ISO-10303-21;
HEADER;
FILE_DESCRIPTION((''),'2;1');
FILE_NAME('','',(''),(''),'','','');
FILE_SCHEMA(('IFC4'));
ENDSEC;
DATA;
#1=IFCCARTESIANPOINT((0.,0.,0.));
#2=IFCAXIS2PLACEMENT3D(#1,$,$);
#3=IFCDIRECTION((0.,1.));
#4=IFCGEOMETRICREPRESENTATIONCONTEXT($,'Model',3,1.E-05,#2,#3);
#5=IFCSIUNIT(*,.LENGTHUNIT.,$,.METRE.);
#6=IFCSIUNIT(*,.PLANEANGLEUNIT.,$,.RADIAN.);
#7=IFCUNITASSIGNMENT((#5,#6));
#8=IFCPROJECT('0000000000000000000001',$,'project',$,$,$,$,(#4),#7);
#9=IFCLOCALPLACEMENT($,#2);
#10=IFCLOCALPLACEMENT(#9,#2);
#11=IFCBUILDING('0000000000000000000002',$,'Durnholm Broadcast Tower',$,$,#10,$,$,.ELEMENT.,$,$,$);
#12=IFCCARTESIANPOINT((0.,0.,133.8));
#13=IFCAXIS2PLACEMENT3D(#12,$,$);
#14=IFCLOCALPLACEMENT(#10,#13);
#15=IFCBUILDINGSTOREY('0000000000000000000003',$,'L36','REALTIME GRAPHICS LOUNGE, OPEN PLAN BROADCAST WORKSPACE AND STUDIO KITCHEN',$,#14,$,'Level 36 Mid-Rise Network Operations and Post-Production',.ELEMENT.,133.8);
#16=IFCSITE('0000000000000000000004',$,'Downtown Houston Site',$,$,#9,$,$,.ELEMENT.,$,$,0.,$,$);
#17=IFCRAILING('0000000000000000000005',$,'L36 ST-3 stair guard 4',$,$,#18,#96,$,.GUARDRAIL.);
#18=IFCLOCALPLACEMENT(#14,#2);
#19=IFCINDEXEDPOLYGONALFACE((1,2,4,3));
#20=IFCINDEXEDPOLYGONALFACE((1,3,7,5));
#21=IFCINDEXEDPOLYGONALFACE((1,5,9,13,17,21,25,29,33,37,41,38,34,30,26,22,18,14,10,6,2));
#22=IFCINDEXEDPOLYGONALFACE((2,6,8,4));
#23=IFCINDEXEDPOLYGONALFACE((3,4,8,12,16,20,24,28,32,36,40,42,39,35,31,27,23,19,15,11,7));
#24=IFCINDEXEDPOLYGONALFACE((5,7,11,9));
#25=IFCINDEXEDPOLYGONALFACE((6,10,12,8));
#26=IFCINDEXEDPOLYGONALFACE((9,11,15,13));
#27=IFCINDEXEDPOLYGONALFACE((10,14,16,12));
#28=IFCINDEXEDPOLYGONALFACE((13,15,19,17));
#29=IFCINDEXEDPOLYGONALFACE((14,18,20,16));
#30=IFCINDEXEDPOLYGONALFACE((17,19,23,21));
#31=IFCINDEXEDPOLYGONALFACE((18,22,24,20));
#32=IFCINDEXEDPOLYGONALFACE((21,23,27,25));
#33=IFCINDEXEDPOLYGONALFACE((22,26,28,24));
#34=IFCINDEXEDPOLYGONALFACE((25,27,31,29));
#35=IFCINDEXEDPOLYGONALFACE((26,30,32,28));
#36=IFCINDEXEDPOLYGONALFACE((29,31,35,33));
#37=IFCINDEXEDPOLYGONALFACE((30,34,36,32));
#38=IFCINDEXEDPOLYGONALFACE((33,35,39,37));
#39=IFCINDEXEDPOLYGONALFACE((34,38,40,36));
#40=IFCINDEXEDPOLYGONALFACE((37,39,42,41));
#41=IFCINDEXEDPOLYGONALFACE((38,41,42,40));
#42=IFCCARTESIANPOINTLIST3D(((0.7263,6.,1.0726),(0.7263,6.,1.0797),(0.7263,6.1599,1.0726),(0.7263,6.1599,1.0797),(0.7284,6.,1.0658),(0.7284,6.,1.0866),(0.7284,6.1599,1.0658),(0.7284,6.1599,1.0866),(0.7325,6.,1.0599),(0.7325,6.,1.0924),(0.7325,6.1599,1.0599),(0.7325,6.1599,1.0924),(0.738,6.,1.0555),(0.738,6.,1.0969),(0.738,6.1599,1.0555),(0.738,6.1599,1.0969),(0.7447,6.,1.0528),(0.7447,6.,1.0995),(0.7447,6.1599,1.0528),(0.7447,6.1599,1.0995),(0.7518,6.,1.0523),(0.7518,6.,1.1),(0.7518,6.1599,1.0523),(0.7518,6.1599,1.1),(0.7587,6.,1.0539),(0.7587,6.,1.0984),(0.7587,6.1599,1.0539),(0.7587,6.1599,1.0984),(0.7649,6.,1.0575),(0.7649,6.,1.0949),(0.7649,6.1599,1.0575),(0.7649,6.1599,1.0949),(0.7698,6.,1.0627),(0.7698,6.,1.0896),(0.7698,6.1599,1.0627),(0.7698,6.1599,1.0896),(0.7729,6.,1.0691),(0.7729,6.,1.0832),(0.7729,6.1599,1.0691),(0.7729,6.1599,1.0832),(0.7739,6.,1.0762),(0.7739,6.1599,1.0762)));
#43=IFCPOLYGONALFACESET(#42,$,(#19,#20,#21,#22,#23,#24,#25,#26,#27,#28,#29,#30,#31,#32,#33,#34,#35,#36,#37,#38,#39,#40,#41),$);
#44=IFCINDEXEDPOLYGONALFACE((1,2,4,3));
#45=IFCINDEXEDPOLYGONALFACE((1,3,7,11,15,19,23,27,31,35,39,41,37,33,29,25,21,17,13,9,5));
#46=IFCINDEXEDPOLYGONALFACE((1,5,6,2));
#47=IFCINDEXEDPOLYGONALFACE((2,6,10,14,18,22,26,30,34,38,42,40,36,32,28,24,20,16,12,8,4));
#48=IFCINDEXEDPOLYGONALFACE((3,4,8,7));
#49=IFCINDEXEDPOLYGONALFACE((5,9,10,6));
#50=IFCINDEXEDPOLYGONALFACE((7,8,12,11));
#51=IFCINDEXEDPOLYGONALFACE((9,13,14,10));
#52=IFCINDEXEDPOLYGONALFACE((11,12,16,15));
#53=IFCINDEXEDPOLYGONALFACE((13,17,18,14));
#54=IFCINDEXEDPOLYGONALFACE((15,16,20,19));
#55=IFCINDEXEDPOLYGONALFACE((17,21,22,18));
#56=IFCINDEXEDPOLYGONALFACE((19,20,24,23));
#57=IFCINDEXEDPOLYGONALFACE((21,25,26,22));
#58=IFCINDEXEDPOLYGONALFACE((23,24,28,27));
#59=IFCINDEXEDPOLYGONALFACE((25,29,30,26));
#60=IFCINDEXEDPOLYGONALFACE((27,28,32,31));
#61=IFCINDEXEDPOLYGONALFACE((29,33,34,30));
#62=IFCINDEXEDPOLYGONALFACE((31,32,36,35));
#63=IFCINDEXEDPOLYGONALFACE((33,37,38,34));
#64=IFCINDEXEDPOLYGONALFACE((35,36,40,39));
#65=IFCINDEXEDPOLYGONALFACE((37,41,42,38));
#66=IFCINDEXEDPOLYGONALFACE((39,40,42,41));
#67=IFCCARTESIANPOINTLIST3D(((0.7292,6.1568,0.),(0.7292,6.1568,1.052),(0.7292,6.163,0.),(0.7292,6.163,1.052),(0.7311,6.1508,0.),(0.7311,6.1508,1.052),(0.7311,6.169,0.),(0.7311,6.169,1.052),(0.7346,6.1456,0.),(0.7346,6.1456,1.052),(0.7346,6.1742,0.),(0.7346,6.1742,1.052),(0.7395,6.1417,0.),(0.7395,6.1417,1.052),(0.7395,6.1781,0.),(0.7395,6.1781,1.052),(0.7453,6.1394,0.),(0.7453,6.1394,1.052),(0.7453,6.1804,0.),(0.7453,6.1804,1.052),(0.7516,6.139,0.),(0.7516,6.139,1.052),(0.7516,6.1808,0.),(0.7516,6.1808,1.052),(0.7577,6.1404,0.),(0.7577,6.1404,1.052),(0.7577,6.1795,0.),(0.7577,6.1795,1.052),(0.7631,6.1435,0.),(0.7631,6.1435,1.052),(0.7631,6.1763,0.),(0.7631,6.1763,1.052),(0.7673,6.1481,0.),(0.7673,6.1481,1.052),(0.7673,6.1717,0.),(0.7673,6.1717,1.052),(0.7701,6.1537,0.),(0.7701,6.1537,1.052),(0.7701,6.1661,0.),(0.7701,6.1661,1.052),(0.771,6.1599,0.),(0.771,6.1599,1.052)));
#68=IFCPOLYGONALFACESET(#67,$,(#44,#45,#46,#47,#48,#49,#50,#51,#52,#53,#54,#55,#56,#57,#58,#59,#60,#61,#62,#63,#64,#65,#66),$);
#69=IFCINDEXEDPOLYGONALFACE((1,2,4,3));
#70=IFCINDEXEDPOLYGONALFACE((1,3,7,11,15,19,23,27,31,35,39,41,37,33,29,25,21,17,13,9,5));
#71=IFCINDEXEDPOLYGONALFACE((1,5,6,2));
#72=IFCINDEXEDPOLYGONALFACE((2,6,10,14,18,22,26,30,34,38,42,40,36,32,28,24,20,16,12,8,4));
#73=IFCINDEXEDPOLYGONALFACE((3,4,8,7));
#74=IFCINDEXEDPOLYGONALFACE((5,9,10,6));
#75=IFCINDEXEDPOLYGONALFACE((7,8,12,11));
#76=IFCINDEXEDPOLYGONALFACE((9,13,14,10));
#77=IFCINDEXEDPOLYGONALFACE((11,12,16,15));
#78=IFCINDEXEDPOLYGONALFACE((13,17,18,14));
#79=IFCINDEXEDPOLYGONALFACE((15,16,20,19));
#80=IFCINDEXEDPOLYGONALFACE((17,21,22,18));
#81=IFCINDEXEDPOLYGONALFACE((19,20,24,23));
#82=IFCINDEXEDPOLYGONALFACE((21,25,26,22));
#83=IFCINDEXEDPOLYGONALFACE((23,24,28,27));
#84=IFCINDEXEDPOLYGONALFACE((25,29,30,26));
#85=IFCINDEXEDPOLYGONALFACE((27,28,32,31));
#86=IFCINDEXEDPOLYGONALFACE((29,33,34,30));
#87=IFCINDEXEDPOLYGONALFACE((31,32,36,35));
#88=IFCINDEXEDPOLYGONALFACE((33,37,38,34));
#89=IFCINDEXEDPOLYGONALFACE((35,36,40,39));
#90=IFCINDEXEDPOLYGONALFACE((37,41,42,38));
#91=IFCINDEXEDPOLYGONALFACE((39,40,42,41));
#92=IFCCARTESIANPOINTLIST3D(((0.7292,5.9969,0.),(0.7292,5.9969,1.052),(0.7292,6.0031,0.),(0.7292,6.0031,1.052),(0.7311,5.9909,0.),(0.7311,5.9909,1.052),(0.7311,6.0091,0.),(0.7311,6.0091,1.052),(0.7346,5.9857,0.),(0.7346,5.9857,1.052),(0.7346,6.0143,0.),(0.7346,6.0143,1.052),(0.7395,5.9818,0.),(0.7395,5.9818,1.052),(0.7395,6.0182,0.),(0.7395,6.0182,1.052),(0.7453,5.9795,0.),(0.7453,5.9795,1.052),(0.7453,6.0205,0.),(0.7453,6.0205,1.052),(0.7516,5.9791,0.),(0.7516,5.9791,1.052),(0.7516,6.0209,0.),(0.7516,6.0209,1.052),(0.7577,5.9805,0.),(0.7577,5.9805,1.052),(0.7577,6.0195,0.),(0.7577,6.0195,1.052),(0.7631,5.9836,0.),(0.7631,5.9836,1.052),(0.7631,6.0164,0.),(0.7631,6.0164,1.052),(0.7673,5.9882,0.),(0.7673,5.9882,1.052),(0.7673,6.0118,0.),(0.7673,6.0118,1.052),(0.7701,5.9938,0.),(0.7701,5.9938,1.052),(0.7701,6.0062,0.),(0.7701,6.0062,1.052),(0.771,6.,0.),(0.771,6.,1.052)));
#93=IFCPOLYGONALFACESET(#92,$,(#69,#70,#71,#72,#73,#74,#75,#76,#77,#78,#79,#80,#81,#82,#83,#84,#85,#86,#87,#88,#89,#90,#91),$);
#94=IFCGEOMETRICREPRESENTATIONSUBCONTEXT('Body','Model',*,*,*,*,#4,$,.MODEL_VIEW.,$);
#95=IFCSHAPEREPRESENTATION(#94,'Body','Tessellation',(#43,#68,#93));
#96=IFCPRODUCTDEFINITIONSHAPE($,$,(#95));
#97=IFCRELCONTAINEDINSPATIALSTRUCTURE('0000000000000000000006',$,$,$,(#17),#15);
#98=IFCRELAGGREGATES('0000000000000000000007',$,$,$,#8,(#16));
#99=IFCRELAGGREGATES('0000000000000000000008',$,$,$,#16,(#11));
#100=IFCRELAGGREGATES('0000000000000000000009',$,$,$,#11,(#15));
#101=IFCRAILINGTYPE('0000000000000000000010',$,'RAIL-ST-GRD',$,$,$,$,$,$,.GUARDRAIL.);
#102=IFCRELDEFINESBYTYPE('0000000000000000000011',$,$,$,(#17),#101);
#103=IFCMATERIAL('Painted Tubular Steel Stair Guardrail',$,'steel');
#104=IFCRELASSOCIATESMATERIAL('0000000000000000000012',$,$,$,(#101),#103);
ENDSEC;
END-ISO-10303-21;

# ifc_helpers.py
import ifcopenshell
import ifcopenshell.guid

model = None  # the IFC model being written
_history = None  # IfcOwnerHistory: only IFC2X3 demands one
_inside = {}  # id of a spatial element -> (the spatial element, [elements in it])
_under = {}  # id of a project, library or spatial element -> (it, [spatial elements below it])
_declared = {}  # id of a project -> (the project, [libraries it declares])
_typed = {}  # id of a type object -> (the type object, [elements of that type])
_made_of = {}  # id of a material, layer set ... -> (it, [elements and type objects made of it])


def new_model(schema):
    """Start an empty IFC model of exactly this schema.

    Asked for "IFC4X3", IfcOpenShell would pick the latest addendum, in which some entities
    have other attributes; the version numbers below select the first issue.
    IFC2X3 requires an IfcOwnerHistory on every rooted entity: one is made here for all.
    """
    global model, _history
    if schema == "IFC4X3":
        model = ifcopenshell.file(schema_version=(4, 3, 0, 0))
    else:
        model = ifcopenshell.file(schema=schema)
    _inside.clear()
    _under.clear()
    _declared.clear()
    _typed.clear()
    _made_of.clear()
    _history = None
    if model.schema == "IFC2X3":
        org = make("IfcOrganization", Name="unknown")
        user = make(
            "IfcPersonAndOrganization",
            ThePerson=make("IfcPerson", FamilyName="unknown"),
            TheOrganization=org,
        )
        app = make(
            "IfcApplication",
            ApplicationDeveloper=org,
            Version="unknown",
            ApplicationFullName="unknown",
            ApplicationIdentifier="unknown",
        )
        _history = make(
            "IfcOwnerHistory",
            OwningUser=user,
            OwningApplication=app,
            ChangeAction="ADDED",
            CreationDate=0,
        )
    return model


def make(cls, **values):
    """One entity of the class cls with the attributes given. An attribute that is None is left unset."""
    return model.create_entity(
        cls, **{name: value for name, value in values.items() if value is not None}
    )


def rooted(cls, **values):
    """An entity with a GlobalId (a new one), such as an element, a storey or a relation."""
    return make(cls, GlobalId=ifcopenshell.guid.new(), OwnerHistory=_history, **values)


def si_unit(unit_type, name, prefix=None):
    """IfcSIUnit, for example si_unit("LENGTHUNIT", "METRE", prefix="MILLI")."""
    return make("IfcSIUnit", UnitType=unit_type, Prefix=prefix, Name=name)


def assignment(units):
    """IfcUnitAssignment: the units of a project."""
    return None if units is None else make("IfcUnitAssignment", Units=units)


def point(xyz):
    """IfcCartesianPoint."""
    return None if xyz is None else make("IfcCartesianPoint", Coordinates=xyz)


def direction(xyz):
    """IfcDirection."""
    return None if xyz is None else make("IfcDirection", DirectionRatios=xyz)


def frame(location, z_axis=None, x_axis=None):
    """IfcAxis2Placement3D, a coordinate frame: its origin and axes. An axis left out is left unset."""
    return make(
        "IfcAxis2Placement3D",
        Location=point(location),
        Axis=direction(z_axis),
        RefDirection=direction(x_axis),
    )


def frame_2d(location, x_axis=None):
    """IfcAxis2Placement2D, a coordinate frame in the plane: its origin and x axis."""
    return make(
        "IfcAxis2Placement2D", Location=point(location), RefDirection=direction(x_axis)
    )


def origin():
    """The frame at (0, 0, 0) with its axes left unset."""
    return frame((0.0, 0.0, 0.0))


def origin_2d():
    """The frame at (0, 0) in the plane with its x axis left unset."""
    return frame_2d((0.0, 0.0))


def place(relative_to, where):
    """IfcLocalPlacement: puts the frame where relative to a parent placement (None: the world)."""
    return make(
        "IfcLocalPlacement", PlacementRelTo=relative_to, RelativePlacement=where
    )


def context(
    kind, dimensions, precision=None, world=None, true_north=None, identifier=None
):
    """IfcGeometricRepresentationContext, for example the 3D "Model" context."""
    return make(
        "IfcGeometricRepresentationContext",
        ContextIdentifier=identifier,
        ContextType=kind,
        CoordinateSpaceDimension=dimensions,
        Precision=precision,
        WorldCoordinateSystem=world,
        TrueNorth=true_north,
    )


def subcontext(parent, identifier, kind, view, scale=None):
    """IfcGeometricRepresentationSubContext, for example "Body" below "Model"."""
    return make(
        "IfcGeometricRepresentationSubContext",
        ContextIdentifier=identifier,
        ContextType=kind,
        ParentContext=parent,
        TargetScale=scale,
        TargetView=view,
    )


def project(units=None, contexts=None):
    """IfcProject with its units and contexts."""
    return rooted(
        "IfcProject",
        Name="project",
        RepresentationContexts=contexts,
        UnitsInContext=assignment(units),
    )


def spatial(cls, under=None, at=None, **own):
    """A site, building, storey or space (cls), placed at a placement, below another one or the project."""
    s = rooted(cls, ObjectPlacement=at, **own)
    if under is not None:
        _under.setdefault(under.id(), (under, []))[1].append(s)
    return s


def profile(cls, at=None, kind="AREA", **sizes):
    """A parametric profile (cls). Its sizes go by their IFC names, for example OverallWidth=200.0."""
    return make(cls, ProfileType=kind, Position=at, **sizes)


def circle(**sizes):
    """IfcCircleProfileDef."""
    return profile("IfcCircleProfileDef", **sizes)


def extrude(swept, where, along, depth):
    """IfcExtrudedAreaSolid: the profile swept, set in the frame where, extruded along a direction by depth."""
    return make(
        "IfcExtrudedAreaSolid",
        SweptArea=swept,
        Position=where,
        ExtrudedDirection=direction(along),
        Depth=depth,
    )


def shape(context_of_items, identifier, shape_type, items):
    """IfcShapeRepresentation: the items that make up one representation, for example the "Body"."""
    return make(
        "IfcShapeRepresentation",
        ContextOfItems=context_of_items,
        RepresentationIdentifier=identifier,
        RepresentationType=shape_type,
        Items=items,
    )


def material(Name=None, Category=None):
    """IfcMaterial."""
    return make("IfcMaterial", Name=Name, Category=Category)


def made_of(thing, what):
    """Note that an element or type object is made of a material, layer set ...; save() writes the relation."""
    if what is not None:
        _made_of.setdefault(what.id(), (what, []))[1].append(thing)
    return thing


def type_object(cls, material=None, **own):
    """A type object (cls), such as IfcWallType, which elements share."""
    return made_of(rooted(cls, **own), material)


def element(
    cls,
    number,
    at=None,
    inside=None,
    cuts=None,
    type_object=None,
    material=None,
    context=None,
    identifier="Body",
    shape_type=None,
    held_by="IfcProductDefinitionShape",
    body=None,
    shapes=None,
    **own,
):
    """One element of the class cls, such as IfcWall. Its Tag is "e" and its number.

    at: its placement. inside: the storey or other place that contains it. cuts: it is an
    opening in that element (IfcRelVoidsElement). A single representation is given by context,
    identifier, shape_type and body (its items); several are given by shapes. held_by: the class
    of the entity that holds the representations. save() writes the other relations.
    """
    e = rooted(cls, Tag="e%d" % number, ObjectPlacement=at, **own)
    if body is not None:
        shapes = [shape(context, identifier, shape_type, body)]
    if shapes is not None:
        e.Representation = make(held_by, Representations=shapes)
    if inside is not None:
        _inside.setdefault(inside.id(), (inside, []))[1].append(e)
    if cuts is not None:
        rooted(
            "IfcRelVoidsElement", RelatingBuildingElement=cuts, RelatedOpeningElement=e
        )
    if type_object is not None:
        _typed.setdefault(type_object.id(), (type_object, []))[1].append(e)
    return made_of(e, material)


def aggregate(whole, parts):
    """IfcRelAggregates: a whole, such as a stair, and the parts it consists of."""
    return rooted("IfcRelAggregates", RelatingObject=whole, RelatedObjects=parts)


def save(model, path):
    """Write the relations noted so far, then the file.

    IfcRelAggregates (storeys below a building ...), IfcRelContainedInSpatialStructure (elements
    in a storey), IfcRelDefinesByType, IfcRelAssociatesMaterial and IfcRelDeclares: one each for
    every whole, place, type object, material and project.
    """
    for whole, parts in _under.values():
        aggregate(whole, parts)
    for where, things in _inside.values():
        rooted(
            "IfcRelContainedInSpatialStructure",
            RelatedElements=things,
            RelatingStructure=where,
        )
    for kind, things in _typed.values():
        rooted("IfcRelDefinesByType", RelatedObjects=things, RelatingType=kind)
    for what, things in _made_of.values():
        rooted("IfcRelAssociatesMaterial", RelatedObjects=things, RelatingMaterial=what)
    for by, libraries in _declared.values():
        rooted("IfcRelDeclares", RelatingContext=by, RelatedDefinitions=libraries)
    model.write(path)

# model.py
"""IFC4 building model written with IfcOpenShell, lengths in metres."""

from ifc_helpers import new_model, si_unit, direction, frame, origin, origin_2d, place, context, subcontext, project, spatial, circle, extrude, material, type_object, element, save


model = new_model("IFC4")

# Units and contexts
model_context = context("Model", 3, precision=1e-05, world=origin(), true_north=direction((0.0, 1.0)))
body_context = subcontext(model_context, "Body", "Model", "MODEL_VIEW")
ifc_project = project(units=[si_unit("LENGTHUNIT", "METRE"), si_unit("PLANEANGLEUNIT", "RADIAN")], contexts=[model_context])

# Site, building, storey
site_placement = place(None, origin())
site = spatial("IfcSite", under=ifc_project, at=site_placement, Name="Downtown Houston Site", CompositionType="ELEMENT", RefElevation=0.0)
building_placement = place(site_placement, origin())
building = spatial("IfcBuilding", under=site, at=building_placement, Name="Durnholm Broadcast Tower", CompositionType="ELEMENT")
storey_placement = place(building_placement, frame((0.0, 0.0, 133.8)))
storey = spatial("IfcBuildingStorey", under=building, at=storey_placement, Name="L36", Description="REALTIME GRAPHICS LOUNGE, OPEN PLAN BROADCAST WORKSPACE AND STUDIO KITCHEN", LongName="Level 36 Mid-Rise Network Operations and Post-Production", CompositionType="ELEMENT", Elevation=133.8)

# Railing
ifc_material_1 = material(Name="Painted Tubular Steel Stair Guardrail", Category="steel")
railing_type_1 = type_object("IfcRailingType", Name="RAIL-ST-GRD", PredefinedType="GUARDRAIL", material=ifc_material_1)
railing_1_placement = place(storey_placement, frame((0.75, 6.1599, 0.0)))
element("IfcRailing", 1, at=railing_1_placement, inside=storey, type_object=railing_type_1, Name="L36 ST-3 stair guard 4", PredefinedType="GUARDRAIL", context=body_context, shape_type="SweptSolid", body=[
    extrude(circle(Radius=0.0239, at=origin_2d()), frame((0.0, 0.0, 1.0762), z_axis=(0.0, -1.0, 0.0), x_axis=(1.0, 0.0, 0.0)), (0.0, 0.0, 1.0), 0.1599),
    extrude(circle(Radius=0.021, at=origin_2d()), origin(), (0.0, 0.0, 1.0), 1.052),
    extrude(circle(Radius=0.021, at=origin_2d()), frame((0.0, -0.1599, 0.0)), (0.0, 0.0, 1.0), 1.052),
])

save(model, "model.ifc")
